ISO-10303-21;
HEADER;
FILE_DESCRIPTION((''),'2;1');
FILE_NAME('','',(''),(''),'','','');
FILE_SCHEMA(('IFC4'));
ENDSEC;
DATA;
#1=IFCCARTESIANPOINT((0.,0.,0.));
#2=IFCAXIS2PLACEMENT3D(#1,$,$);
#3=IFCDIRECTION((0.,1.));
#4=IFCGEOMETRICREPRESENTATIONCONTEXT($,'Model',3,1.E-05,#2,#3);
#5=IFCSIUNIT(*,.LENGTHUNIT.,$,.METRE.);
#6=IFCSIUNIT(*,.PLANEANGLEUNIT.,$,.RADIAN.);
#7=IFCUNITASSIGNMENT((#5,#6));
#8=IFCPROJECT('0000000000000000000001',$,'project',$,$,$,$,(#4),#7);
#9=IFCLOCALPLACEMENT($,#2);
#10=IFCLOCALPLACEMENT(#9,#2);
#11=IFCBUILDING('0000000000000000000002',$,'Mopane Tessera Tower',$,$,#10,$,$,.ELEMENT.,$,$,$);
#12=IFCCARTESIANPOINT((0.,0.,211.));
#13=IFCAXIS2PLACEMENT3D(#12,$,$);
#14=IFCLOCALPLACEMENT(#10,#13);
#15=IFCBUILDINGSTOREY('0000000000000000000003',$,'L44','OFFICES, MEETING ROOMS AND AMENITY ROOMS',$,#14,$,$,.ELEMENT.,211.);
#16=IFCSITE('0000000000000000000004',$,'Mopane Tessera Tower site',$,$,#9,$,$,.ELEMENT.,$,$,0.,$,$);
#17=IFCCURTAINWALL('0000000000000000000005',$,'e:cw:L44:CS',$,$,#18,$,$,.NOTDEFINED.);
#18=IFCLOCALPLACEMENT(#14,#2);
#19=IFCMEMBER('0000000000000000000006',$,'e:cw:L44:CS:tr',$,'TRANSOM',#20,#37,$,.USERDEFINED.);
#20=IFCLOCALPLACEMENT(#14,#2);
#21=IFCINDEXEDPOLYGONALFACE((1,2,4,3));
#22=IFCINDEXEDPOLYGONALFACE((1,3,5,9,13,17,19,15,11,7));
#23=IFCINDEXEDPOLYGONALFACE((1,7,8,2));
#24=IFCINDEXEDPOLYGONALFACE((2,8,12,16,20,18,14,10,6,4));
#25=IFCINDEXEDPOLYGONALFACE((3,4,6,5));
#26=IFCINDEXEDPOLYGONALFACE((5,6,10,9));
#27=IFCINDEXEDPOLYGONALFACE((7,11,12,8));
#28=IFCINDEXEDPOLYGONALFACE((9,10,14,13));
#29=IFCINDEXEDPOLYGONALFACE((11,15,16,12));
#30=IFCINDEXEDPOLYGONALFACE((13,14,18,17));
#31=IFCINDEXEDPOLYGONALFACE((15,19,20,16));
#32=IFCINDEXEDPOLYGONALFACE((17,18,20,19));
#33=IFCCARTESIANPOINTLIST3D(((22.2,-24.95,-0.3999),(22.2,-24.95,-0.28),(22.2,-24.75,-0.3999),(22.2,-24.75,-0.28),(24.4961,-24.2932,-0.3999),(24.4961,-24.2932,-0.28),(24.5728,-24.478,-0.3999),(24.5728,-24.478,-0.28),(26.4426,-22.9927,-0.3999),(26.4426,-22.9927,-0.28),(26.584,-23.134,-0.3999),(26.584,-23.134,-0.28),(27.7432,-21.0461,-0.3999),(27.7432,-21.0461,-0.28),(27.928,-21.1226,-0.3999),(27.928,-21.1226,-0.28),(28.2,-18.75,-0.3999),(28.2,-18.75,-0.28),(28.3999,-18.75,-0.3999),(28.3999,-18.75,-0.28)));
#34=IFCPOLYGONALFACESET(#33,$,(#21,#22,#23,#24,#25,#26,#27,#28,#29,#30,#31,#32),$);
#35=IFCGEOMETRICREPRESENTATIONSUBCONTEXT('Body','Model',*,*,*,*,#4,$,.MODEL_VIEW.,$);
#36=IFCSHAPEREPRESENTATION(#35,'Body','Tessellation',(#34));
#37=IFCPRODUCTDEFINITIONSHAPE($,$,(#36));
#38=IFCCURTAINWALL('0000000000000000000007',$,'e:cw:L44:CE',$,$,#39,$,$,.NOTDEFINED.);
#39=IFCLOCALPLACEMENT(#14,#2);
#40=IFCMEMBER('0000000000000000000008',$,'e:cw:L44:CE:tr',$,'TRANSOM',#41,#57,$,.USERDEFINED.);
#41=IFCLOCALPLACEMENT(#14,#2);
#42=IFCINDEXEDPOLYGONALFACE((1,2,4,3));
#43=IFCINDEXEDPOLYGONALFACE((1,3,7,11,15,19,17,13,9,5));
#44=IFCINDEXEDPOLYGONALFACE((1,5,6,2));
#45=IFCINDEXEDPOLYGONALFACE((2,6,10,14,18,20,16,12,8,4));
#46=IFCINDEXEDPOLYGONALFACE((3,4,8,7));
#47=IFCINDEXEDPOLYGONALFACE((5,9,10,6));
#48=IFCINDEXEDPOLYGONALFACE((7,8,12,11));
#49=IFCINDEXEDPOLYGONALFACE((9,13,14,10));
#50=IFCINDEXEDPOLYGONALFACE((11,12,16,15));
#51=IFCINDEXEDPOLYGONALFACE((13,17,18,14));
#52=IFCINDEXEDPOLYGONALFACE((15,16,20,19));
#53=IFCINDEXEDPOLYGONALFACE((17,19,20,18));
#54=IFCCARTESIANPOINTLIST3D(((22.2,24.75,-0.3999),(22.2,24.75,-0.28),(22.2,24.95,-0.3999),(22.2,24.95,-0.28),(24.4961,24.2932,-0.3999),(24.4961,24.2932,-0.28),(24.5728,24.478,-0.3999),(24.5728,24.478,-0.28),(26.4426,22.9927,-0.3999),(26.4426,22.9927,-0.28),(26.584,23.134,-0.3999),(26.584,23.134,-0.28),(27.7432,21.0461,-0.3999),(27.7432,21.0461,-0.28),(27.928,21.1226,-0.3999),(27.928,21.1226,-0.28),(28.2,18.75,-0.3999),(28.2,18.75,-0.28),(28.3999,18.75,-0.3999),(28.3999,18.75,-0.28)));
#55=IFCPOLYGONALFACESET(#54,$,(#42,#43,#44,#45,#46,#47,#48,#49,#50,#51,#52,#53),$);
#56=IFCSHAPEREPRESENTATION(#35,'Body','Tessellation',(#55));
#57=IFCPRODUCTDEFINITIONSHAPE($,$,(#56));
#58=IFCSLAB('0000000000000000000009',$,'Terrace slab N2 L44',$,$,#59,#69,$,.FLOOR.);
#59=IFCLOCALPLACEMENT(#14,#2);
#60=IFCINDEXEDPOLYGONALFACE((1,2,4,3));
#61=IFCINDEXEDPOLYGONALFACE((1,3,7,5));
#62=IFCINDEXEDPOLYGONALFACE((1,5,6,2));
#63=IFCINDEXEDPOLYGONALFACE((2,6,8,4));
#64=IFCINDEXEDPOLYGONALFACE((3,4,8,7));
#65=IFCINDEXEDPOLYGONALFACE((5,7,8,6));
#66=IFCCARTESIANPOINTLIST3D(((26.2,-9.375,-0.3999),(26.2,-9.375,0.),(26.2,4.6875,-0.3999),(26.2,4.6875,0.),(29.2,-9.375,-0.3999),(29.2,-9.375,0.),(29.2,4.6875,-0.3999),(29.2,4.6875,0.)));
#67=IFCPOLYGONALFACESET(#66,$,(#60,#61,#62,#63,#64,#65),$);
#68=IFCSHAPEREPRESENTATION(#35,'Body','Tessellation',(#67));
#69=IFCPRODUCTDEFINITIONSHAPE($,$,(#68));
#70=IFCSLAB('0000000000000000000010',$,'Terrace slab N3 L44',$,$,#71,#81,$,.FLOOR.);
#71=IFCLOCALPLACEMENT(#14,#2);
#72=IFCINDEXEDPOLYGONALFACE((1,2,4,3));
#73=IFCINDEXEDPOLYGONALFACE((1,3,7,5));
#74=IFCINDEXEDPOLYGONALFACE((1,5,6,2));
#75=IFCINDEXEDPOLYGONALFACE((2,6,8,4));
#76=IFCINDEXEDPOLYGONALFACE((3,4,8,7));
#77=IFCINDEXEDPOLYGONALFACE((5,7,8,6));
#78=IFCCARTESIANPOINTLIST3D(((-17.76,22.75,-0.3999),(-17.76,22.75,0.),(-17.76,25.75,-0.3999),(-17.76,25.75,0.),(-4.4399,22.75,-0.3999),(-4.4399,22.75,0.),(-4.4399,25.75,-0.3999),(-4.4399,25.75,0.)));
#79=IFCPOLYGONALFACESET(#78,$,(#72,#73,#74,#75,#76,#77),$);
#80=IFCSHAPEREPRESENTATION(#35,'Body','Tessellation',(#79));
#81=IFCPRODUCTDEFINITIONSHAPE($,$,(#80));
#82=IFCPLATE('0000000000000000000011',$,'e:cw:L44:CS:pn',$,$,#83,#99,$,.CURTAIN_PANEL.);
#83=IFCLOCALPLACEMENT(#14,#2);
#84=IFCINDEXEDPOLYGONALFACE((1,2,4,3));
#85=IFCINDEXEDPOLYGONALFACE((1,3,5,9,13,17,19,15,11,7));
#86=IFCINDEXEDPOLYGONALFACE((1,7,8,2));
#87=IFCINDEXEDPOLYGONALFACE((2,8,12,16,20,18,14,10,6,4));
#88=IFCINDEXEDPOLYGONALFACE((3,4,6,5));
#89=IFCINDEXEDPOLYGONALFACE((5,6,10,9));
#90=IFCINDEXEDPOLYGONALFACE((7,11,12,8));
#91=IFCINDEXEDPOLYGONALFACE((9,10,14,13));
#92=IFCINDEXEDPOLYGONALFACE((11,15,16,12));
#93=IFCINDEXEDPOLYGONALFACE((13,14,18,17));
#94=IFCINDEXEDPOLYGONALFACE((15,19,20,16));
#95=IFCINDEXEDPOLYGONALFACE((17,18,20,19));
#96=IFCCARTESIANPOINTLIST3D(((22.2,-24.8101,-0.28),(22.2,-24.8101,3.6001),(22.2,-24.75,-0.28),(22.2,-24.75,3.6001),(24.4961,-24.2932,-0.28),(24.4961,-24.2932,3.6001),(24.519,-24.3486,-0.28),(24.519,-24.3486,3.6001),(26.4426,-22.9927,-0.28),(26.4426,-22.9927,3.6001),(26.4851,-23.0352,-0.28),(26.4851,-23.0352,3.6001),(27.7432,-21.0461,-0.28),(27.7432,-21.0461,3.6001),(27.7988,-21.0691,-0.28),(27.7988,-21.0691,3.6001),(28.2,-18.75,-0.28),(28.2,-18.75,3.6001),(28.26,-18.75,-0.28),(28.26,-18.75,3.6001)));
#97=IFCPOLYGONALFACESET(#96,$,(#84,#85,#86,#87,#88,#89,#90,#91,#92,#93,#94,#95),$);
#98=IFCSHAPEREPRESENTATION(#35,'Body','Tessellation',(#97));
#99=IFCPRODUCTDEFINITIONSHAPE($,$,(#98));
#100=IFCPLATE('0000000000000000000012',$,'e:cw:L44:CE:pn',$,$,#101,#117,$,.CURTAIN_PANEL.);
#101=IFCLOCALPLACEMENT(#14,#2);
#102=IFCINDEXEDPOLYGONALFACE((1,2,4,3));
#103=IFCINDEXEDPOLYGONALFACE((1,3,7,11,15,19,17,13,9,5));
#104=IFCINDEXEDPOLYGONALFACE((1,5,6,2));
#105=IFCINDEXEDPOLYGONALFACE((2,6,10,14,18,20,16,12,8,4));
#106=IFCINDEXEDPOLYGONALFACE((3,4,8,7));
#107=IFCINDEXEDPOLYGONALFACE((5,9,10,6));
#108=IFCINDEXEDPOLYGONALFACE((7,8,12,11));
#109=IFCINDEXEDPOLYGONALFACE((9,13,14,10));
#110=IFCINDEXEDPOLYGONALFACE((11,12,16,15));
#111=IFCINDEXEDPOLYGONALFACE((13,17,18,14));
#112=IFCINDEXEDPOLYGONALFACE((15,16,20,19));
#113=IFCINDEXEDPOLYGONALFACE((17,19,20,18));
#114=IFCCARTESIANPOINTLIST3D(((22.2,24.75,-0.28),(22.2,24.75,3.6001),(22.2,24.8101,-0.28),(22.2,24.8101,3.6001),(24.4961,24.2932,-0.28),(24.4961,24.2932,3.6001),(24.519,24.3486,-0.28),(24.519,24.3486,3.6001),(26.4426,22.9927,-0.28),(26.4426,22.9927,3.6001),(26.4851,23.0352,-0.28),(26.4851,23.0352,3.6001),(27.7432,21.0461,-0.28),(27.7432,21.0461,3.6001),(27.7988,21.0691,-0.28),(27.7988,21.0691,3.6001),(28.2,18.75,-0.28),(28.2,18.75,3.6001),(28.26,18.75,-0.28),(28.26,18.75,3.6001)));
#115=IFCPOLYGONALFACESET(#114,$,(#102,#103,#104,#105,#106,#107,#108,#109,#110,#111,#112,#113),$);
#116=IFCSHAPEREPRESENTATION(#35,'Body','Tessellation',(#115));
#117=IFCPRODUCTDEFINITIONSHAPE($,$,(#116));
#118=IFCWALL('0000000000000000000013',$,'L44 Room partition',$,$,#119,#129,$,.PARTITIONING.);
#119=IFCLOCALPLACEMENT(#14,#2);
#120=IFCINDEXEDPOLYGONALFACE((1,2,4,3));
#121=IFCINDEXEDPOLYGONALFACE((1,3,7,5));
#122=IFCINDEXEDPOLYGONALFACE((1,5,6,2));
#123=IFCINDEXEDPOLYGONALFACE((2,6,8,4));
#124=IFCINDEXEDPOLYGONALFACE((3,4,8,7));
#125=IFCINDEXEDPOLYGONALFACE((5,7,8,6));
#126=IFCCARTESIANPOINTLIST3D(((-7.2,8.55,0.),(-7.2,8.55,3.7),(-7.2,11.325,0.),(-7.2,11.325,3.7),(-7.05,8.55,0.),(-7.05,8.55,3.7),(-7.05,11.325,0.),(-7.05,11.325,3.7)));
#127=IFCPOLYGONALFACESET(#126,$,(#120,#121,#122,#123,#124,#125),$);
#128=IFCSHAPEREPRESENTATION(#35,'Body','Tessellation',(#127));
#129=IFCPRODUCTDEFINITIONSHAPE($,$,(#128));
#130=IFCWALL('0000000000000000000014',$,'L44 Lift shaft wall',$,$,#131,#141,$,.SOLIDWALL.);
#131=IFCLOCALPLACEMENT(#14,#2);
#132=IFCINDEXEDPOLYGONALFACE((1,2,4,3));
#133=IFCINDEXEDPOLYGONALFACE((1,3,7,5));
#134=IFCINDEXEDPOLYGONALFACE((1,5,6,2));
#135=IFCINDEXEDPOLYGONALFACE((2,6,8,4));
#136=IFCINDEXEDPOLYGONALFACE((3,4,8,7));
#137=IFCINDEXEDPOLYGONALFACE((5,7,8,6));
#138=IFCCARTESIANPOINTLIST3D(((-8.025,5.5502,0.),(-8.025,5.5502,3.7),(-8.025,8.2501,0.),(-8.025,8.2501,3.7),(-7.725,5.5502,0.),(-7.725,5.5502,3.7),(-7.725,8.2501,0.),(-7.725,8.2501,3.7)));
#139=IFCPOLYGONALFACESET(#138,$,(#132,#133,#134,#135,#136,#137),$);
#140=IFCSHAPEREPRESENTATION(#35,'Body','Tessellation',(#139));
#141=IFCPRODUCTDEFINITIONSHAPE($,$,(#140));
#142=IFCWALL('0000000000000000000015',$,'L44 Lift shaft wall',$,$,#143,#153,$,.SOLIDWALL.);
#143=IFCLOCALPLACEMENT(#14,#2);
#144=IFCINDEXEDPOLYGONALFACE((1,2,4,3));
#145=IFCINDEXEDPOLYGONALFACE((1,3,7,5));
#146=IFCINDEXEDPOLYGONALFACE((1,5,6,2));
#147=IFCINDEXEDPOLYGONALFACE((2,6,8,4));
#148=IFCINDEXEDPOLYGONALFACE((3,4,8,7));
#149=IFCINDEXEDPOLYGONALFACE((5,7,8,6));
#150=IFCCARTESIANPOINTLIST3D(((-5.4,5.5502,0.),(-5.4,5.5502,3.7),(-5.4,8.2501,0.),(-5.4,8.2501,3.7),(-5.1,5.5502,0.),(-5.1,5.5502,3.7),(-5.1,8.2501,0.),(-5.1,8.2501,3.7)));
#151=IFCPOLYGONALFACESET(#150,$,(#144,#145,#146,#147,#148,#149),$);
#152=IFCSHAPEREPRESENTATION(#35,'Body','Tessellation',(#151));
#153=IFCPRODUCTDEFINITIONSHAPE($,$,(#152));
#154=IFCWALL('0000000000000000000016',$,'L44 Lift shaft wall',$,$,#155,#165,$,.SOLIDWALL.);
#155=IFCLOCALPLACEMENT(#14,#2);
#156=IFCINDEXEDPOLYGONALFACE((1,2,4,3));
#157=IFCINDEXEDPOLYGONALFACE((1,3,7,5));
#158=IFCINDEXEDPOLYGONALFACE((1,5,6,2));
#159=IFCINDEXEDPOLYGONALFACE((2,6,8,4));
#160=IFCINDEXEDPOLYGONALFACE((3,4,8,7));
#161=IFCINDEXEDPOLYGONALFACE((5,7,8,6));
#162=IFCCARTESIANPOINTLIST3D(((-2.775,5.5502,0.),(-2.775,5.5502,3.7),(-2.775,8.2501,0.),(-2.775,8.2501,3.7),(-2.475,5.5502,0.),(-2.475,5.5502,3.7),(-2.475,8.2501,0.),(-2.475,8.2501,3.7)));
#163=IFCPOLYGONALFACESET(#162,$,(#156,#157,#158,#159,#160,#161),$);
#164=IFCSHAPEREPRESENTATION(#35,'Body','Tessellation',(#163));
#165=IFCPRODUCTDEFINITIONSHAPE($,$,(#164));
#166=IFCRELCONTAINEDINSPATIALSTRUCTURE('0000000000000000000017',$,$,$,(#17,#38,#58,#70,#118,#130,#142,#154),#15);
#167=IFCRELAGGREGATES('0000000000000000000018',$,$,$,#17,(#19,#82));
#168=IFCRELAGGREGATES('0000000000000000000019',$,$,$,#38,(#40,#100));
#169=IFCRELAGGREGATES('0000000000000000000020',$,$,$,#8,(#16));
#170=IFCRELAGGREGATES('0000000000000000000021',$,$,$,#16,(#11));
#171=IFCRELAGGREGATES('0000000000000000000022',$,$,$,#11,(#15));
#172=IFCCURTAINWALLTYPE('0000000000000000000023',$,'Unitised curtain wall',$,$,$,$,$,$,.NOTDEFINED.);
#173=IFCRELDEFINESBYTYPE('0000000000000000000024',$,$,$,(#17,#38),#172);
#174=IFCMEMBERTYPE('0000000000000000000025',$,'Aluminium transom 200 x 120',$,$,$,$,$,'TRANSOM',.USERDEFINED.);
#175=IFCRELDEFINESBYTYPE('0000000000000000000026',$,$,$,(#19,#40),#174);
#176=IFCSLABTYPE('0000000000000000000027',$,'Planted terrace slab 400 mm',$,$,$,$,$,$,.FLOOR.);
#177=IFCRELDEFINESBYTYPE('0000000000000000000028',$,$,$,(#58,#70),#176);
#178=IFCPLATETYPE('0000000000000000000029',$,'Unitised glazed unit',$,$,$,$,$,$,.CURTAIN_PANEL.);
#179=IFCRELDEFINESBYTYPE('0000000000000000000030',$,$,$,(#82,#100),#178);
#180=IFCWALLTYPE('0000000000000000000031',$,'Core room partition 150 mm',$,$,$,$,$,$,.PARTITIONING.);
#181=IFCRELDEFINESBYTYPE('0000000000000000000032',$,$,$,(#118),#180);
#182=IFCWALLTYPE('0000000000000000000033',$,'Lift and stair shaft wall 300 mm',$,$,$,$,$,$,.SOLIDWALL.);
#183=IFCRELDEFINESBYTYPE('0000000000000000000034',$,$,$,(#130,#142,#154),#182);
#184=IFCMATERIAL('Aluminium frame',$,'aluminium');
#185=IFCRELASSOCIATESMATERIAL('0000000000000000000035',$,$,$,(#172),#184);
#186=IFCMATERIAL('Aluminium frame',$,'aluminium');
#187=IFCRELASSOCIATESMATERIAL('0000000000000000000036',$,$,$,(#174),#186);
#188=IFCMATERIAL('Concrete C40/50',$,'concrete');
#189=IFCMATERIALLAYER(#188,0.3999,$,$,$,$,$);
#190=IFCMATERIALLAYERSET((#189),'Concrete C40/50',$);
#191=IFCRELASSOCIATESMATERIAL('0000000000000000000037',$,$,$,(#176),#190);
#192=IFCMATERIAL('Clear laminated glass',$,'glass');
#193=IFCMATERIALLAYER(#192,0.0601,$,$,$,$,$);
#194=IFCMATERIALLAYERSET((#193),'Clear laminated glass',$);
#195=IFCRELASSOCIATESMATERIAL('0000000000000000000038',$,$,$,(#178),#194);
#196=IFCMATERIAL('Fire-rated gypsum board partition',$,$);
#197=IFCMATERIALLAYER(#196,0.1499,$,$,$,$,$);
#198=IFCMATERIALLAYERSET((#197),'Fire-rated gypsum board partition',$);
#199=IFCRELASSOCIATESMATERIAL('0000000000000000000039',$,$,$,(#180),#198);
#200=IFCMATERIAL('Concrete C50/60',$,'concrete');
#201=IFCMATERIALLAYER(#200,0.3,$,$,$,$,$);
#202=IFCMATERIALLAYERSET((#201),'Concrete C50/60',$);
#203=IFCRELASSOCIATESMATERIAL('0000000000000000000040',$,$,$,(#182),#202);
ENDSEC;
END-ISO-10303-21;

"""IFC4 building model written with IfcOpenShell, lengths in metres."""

from ifc_helpers import new_model, si_unit, direction, frame, frame_2d, origin, origin_2d, place, context, subcontext, project, spatial, polyline, rectangle, outline, extrude, material, layer, layer_set, material_profile, profile_set, type_object, element, aggregate, save


model = new_model("IFC4")

# Units and contexts
model_context = context("Model", 3, precision=1e-05, world=origin(), true_north=direction((0.0, 1.0)))
body_context = subcontext(model_context, "Body", "Model", "MODEL_VIEW")
ifc_project = project(units=[si_unit("LENGTHUNIT", "METRE"), si_unit("PLANEANGLEUNIT", "RADIAN")], contexts=[model_context])

# Site, building, storey
site_placement = place(None, origin())
site = spatial("IfcSite", under=ifc_project, at=site_placement, Name="Mopane Tessera Tower site", CompositionType="ELEMENT", RefElevation=0.0)
building_placement = place(site_placement, origin())
building = spatial("IfcBuilding", under=site, at=building_placement, Name="Mopane Tessera Tower", CompositionType="ELEMENT")
storey_placement = place(building_placement, frame((0.0, 0.0, 211.0)))
storey = spatial("IfcBuildingStorey", under=building, at=storey_placement, Name="L44", Description="OFFICES, MEETING ROOMS AND AMENITY ROOMS", CompositionType="ELEMENT", Elevation=211.0)

# Curtain walls, members
ifc_material_1 = material(Name="Aluminium frame", Category="aluminium")
curtain_wall_type = type_object("IfcCurtainWallType", Name="Unitised curtain wall", PredefinedType="NOTDEFINED", material=ifc_material_1)
curtain_wall_1_placement = place(storey_placement, origin())
curtain_wall_1 = element("IfcCurtainWall", 1, at=curtain_wall_1_placement, inside=storey, type_object=curtain_wall_type, Name="e:cw:L44:CS", PredefinedType="NOTDEFINED")
ifc_material_2 = material(Name="Aluminium frame", Category="aluminium")
ifc_material_profile = material_profile(ifc_material_2, rectangle(XDim=0.2, YDim=0.1201, at=origin_2d()))
ifc_profile_set = profile_set([ifc_material_profile], Name="Aluminium frame")
member_type = type_object("IfcMemberType", Name="Aluminium transom 200 x 120", ElementType="TRANSOM", PredefinedType="USERDEFINED", material=ifc_profile_set)
member_1_placement = place(storey_placement, frame((0.0, 0.0, -0.3999)))
member_1 = element("IfcMember", 2, at=member_1_placement, type_object=member_type, Name="e:cw:L44:CS:tr", ObjectType="TRANSOM", PredefinedType="USERDEFINED", context=body_context, shape_type="SweptSolid", body=[
    extrude(outline(polyline([(22.2, -24.75), (24.4961, -24.2932), (26.4426, -22.9927), (27.7432, -21.0461), (28.2, -18.75), (28.3999, -18.75), (27.928, -21.1226), (26.584, -23.134), (24.5728, -24.478), (22.2, -24.95), (22.2, -24.75)])), origin(), (0.0, 0.0, 1.0), 0.1199),
])
curtain_wall_2_placement = place(storey_placement, origin())
curtain_wall_2 = element("IfcCurtainWall", 3, at=curtain_wall_2_placement, inside=storey, type_object=curtain_wall_type, Name="e:cw:L44:CE", PredefinedType="NOTDEFINED")
member_2_placement = place(storey_placement, frame((0.0, 0.0, -0.3999)))
member_2 = element("IfcMember", 4, at=member_2_placement, type_object=member_type, Name="e:cw:L44:CE:tr", ObjectType="TRANSOM", PredefinedType="USERDEFINED", context=body_context, shape_type="SweptSolid", body=[
    extrude(outline(polyline([(28.2, 18.75), (27.7432, 21.0461), (26.4426, 22.9927), (24.4961, 24.2932), (22.2, 24.75), (22.2, 24.95), (24.5728, 24.478), (26.584, 23.134), (27.928, 21.1226), (28.3999, 18.75), (28.2, 18.75)])), origin(), (0.0, 0.0, 1.0), 0.1199),
])

# Slabs
ifc_material_3 = material(Name="Concrete C40/50", Category="concrete")
ifc_layer_1 = layer(ifc_material_3, 0.3999)
ifc_layer_set_1 = layer_set([ifc_layer_1], Name="Concrete C40/50")
slab_type = type_object("IfcSlabType", Name="Planted terrace slab 400 mm", PredefinedType="FLOOR", material=ifc_layer_set_1)
slab_1_placement = place(storey_placement, frame((0.0, 0.0, -0.3999)))
element("IfcSlab", 5, at=slab_1_placement, inside=storey, type_object=slab_type, Name="Terrace slab N2 L44", PredefinedType="FLOOR", context=body_context, shape_type="SweptSolid", body=[
    extrude(outline(polyline([(29.2, 4.6875), (26.2, 4.6875), (26.2, -9.375), (29.2, -9.375), (29.2, 4.6875)])), origin(), (0.0, 0.0, 1.0), 0.3999),
])
slab_2_placement = place(storey_placement, frame((0.0, 0.0, -0.3999)))
element("IfcSlab", 6, at=slab_2_placement, inside=storey, type_object=slab_type, Name="Terrace slab N3 L44", PredefinedType="FLOOR", context=body_context, shape_type="SweptSolid", body=[
    extrude(outline(polyline([(-17.76, 25.75), (-17.76, 22.75), (-4.4399, 22.75), (-4.4399, 25.75), (-17.76, 25.75)])), origin(), (0.0, 0.0, 1.0), 0.3999),
])

# Plates
ifc_material_4 = material(Name="Clear laminated glass", Category="glass")
ifc_layer_2 = layer(ifc_material_4, 0.0601)
ifc_layer_set_2 = layer_set([ifc_layer_2], Name="Clear laminated glass")
plate_type = type_object("IfcPlateType", Name="Unitised glazed unit", PredefinedType="CURTAIN_PANEL", material=ifc_layer_set_2)
plate_1_placement = place(storey_placement, frame((0.0, 0.0, -0.28)))
plate_1 = element("IfcPlate", 7, at=plate_1_placement, type_object=plate_type, Name="e:cw:L44:CS:pn", PredefinedType="CURTAIN_PANEL", context=body_context, shape_type="SweptSolid", body=[
    extrude(outline(polyline([(22.2, -24.75), (24.4961, -24.2932), (26.4426, -22.9927), (27.7432, -21.0461), (28.2, -18.75), (28.26, -18.75), (27.7988, -21.0691), (26.4851, -23.0352), (24.519, -24.3486), (22.2, -24.8101), (22.2, -24.75)])), origin(), (0.0, 0.0, 1.0), 3.8801),
])
aggregate(curtain_wall_1, [member_1, plate_1])
plate_2_placement = place(storey_placement, frame((0.0, 0.0, -0.28)))
plate_2 = element("IfcPlate", 8, at=plate_2_placement, type_object=plate_type, Name="e:cw:L44:CE:pn", PredefinedType="CURTAIN_PANEL", context=body_context, shape_type="SweptSolid", body=[
    extrude(outline(polyline([(28.2, 18.75), (27.7432, 21.0461), (26.4426, 22.9927), (24.4961, 24.2932), (22.2, 24.75), (22.2, 24.8101), (24.519, 24.3486), (26.4851, 23.0352), (27.7988, 21.0691), (28.26, 18.75), (28.2, 18.75)])), origin(), (0.0, 0.0, 1.0), 3.8801),
])
aggregate(curtain_wall_2, [member_2, plate_2])

# Walls
ifc_material_5 = material(Name="Fire-rated gypsum board partition")
ifc_layer_3 = layer(ifc_material_5, 0.1499)
ifc_layer_set_3 = layer_set([ifc_layer_3], Name="Fire-rated gypsum board partition")
wall_type_1 = type_object("IfcWallType", Name="Core room partition 150 mm", PredefinedType="PARTITIONING", material=ifc_layer_set_3)
wall_1_placement = place(storey_placement, frame((-7.125, 8.55, 0.0), z_axis=(0.0, 0.0, 1.0), x_axis=(0.0, 1.0, 0.0)))
element("IfcWall", 9, at=wall_1_placement, inside=storey, type_object=wall_type_1, Name="L44 Room partition", PredefinedType="PARTITIONING", context=body_context, shape_type="SweptSolid", body=[
    extrude(rectangle(XDim=2.7749, YDim=0.1499, at=frame_2d((1.3875, 0.0))), origin(), (0.0, 0.0, 1.0), 3.7),
])
ifc_material_6 = material(Name="Concrete C50/60", Category="concrete")
ifc_layer_4 = layer(ifc_material_6, 0.3)
ifc_layer_set_4 = layer_set([ifc_layer_4], Name="Concrete C50/60")
wall_type_2 = type_object("IfcWallType", Name="Lift and stair shaft wall 300 mm", PredefinedType="SOLIDWALL", material=ifc_layer_set_4)
for number, where, z_axis, x_axis, name in (
    (10, (-7.875, 5.55, 0.0), (0.0, 0.0, 1.0), (0.0, 1.0, 0.0), "L44 Lift shaft wall"),
    (11, (-5.25, 5.55, 0.0), (0.0, 0.0, 1.0), (0.0, 1.0, 0.0), "L44 Lift shaft wall"),
    (12, (-2.625, 5.55, 0.0), (0.0, 0.0, 1.0), (0.0, 1.0, 0.0), "L44 Lift shaft wall"),
):
    element("IfcWall", number, at=place(storey_placement, frame(where, z_axis=z_axis, x_axis=x_axis)), inside=storey, type_object=wall_type_2, Name=name, PredefinedType="SOLIDWALL", context=body_context, shape_type="SweptSolid", body=[
        extrude(rectangle(XDim=2.7, YDim=0.3, at=frame_2d((1.3501, 0.0))), origin(), (0.0, 0.0, 1.0), 3.7),
    ])

save(model, "model.ifc")
